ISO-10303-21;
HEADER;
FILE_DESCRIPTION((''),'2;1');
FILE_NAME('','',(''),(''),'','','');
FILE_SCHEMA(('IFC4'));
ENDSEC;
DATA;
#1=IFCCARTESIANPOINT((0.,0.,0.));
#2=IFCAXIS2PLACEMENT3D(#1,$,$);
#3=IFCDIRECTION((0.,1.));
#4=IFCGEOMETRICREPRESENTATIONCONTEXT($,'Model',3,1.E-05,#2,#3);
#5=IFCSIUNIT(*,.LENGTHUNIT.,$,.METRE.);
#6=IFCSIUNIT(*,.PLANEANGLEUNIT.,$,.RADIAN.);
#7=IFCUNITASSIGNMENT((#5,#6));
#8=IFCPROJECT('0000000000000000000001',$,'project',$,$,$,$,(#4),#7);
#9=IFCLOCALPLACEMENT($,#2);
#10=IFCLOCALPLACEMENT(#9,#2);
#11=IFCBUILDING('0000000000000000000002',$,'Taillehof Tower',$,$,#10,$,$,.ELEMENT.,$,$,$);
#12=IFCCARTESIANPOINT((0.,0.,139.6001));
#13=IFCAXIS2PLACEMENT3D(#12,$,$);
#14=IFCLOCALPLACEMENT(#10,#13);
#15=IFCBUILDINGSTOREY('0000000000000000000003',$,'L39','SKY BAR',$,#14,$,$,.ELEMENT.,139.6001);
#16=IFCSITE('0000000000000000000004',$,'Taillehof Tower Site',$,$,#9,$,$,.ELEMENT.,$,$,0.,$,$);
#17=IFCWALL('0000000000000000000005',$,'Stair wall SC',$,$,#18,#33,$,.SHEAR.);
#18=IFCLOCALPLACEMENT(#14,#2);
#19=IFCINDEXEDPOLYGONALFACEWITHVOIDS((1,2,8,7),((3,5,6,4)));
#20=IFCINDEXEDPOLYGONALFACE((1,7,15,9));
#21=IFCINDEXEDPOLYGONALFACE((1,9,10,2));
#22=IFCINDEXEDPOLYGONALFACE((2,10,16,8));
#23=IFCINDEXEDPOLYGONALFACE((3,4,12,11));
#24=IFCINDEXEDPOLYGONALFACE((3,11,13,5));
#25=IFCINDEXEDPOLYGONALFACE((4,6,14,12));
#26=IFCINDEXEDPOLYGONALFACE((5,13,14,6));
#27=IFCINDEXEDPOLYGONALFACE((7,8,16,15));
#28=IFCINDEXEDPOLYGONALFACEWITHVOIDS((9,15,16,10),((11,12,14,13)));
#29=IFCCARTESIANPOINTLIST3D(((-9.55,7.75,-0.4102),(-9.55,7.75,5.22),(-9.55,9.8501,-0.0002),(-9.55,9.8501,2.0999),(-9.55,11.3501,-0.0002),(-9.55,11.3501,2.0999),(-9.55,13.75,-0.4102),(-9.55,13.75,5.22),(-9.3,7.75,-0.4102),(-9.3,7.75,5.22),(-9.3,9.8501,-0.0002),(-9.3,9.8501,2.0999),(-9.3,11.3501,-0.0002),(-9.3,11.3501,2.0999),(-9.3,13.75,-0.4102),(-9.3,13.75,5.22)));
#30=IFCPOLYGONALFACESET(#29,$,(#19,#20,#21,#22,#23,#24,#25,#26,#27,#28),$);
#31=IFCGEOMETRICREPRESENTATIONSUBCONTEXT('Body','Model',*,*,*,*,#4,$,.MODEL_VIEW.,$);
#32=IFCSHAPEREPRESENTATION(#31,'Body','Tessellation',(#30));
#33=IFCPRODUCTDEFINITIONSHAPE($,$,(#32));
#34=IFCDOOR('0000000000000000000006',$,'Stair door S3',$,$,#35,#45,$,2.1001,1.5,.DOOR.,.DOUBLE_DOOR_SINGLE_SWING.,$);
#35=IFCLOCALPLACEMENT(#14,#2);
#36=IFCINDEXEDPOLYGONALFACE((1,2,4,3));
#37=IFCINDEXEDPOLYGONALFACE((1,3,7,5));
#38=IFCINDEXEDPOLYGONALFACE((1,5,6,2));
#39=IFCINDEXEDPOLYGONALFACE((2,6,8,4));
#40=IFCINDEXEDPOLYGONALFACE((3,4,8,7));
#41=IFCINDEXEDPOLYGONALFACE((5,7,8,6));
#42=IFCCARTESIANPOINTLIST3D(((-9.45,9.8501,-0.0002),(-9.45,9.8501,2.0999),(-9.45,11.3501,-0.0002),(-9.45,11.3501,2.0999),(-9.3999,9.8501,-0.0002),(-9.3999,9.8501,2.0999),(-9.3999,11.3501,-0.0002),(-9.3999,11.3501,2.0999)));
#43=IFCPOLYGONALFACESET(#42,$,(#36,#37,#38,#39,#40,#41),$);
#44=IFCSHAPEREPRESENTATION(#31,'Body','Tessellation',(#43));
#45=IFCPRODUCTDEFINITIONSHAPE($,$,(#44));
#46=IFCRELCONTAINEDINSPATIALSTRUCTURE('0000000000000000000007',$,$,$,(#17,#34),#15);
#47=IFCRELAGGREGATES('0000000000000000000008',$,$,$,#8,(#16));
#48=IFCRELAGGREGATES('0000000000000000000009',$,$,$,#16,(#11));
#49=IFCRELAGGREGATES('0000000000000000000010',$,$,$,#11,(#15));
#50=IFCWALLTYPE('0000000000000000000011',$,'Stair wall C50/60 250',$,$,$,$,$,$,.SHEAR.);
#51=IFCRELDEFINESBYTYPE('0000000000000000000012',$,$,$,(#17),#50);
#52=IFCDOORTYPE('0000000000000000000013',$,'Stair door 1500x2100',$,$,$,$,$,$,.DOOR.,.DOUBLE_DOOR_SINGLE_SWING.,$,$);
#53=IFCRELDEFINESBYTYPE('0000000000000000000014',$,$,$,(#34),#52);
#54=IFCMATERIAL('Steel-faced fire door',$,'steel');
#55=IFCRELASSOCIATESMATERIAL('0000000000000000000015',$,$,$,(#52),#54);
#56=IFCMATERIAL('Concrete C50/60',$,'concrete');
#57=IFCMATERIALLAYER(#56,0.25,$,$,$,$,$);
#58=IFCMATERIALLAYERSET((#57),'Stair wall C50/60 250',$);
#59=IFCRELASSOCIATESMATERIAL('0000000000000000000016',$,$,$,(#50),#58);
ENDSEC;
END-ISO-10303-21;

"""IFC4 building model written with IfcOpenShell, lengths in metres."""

from ifc_helpers import new_model, si_unit, direction, frame, frame_2d, origin, place, context, subcontext, project, spatial, rectangle, extrude, material, layer, layer_set, type_object, element, fill, save


model = new_model("IFC4")

# Units and contexts
model_context = context("Model", 3, precision=1e-05, world=origin(), true_north=direction((0.0, 1.0)))
body_context = subcontext(model_context, "Body", "Model", "MODEL_VIEW")
ifc_project = project(units=[si_unit("LENGTHUNIT", "METRE"), si_unit("PLANEANGLEUNIT", "RADIAN")], contexts=[model_context])

# Site, building, storey
site_placement = place(None, origin())
site = spatial("IfcSite", under=ifc_project, at=site_placement, Name="Taillehof Tower Site", CompositionType="ELEMENT", RefElevation=0.0)
building_placement = place(site_placement, origin())
building = spatial("IfcBuilding", under=site, at=building_placement, Name="Taillehof Tower", CompositionType="ELEMENT")
storey_placement = place(building_placement, frame((0.0, 0.0, 139.6001)))
storey = spatial("IfcBuildingStorey", under=building, at=storey_placement, Name="L39", Description="SKY BAR", CompositionType="ELEMENT", Elevation=139.6001)

# Wall, opening, door
ifc_material_1 = material(Name="Steel-faced fire door", Category="steel")
door_type_1 = type_object("IfcDoorType", Name="Stair door 1500x2100", OperationType="DOUBLE_DOOR_SINGLE_SWING", PredefinedType="DOOR", material=ifc_material_1)
ifc_material_2 = material(Name="Concrete C50/60", Category="concrete")
ifc_layer_1 = layer(ifc_material_2, 0.25)
ifc_layer_set_1 = layer_set([ifc_layer_1], Name="Stair wall C50/60 250")
wall_type_1 = type_object("IfcWallType", Name="Stair wall C50/60 250", PredefinedType="SHEAR", material=ifc_layer_set_1)
wall_1_placement = place(storey_placement, frame((-9.425, 7.75, -0.4102), z_axis=(0.0, 0.0, 1.0), x_axis=(0.0, 1.0, 0.0)))
wall_1 = element("IfcWall", 1, at=wall_1_placement, inside=storey, type_object=wall_type_1, Name="Stair wall SC", PredefinedType="SHEAR", context=body_context, shape_type="SweptSolid", body=[
    extrude(rectangle(XDim=6.0, YDim=0.25, at=frame_2d((3.0, 0.0))), origin(), (0.0, 0.0, 1.0), 5.6301),
])
opening_1_placement = place(wall_1_placement, frame((2.1001, 0.0, 0.4099)))
opening_1 = element("IfcOpeningElement", 2, at=opening_1_placement, cuts=wall_1, PredefinedType="OPENING", context=body_context, shape_type="SweptSolid", body=[
    extrude(rectangle(XDim=1.5, YDim=2.1001, at=frame_2d((0.75, 1.05))), frame((0.0, 0.135, 0.0), z_axis=(0.0, -1.0, 0.0), x_axis=(1.0, 0.0, 0.0)), (0.0, 0.0, 1.0), 0.27),
])
door_1_placement = place(opening_1_placement, origin())
door_1 = element("IfcDoor", 3, at=door_1_placement, inside=storey, type_object=door_type_1, Name="Stair door S3", OperationType="DOUBLE_DOOR_SINGLE_SWING", OverallHeight=2.1001, OverallWidth=1.5, PredefinedType="DOOR", context=body_context, shape_type="SweptSolid", body=[
    extrude(rectangle(XDim=1.5, YDim=2.1001, at=frame_2d((0.75, 1.05))), frame((0.0, 0.0249, 0.0), z_axis=(0.0, -1.0, 0.0), x_axis=(1.0, 0.0, 0.0)), (0.0, 0.0, 1.0), 0.05),
])
fill(opening_1, door_1)

save(model, "model.ifc")
